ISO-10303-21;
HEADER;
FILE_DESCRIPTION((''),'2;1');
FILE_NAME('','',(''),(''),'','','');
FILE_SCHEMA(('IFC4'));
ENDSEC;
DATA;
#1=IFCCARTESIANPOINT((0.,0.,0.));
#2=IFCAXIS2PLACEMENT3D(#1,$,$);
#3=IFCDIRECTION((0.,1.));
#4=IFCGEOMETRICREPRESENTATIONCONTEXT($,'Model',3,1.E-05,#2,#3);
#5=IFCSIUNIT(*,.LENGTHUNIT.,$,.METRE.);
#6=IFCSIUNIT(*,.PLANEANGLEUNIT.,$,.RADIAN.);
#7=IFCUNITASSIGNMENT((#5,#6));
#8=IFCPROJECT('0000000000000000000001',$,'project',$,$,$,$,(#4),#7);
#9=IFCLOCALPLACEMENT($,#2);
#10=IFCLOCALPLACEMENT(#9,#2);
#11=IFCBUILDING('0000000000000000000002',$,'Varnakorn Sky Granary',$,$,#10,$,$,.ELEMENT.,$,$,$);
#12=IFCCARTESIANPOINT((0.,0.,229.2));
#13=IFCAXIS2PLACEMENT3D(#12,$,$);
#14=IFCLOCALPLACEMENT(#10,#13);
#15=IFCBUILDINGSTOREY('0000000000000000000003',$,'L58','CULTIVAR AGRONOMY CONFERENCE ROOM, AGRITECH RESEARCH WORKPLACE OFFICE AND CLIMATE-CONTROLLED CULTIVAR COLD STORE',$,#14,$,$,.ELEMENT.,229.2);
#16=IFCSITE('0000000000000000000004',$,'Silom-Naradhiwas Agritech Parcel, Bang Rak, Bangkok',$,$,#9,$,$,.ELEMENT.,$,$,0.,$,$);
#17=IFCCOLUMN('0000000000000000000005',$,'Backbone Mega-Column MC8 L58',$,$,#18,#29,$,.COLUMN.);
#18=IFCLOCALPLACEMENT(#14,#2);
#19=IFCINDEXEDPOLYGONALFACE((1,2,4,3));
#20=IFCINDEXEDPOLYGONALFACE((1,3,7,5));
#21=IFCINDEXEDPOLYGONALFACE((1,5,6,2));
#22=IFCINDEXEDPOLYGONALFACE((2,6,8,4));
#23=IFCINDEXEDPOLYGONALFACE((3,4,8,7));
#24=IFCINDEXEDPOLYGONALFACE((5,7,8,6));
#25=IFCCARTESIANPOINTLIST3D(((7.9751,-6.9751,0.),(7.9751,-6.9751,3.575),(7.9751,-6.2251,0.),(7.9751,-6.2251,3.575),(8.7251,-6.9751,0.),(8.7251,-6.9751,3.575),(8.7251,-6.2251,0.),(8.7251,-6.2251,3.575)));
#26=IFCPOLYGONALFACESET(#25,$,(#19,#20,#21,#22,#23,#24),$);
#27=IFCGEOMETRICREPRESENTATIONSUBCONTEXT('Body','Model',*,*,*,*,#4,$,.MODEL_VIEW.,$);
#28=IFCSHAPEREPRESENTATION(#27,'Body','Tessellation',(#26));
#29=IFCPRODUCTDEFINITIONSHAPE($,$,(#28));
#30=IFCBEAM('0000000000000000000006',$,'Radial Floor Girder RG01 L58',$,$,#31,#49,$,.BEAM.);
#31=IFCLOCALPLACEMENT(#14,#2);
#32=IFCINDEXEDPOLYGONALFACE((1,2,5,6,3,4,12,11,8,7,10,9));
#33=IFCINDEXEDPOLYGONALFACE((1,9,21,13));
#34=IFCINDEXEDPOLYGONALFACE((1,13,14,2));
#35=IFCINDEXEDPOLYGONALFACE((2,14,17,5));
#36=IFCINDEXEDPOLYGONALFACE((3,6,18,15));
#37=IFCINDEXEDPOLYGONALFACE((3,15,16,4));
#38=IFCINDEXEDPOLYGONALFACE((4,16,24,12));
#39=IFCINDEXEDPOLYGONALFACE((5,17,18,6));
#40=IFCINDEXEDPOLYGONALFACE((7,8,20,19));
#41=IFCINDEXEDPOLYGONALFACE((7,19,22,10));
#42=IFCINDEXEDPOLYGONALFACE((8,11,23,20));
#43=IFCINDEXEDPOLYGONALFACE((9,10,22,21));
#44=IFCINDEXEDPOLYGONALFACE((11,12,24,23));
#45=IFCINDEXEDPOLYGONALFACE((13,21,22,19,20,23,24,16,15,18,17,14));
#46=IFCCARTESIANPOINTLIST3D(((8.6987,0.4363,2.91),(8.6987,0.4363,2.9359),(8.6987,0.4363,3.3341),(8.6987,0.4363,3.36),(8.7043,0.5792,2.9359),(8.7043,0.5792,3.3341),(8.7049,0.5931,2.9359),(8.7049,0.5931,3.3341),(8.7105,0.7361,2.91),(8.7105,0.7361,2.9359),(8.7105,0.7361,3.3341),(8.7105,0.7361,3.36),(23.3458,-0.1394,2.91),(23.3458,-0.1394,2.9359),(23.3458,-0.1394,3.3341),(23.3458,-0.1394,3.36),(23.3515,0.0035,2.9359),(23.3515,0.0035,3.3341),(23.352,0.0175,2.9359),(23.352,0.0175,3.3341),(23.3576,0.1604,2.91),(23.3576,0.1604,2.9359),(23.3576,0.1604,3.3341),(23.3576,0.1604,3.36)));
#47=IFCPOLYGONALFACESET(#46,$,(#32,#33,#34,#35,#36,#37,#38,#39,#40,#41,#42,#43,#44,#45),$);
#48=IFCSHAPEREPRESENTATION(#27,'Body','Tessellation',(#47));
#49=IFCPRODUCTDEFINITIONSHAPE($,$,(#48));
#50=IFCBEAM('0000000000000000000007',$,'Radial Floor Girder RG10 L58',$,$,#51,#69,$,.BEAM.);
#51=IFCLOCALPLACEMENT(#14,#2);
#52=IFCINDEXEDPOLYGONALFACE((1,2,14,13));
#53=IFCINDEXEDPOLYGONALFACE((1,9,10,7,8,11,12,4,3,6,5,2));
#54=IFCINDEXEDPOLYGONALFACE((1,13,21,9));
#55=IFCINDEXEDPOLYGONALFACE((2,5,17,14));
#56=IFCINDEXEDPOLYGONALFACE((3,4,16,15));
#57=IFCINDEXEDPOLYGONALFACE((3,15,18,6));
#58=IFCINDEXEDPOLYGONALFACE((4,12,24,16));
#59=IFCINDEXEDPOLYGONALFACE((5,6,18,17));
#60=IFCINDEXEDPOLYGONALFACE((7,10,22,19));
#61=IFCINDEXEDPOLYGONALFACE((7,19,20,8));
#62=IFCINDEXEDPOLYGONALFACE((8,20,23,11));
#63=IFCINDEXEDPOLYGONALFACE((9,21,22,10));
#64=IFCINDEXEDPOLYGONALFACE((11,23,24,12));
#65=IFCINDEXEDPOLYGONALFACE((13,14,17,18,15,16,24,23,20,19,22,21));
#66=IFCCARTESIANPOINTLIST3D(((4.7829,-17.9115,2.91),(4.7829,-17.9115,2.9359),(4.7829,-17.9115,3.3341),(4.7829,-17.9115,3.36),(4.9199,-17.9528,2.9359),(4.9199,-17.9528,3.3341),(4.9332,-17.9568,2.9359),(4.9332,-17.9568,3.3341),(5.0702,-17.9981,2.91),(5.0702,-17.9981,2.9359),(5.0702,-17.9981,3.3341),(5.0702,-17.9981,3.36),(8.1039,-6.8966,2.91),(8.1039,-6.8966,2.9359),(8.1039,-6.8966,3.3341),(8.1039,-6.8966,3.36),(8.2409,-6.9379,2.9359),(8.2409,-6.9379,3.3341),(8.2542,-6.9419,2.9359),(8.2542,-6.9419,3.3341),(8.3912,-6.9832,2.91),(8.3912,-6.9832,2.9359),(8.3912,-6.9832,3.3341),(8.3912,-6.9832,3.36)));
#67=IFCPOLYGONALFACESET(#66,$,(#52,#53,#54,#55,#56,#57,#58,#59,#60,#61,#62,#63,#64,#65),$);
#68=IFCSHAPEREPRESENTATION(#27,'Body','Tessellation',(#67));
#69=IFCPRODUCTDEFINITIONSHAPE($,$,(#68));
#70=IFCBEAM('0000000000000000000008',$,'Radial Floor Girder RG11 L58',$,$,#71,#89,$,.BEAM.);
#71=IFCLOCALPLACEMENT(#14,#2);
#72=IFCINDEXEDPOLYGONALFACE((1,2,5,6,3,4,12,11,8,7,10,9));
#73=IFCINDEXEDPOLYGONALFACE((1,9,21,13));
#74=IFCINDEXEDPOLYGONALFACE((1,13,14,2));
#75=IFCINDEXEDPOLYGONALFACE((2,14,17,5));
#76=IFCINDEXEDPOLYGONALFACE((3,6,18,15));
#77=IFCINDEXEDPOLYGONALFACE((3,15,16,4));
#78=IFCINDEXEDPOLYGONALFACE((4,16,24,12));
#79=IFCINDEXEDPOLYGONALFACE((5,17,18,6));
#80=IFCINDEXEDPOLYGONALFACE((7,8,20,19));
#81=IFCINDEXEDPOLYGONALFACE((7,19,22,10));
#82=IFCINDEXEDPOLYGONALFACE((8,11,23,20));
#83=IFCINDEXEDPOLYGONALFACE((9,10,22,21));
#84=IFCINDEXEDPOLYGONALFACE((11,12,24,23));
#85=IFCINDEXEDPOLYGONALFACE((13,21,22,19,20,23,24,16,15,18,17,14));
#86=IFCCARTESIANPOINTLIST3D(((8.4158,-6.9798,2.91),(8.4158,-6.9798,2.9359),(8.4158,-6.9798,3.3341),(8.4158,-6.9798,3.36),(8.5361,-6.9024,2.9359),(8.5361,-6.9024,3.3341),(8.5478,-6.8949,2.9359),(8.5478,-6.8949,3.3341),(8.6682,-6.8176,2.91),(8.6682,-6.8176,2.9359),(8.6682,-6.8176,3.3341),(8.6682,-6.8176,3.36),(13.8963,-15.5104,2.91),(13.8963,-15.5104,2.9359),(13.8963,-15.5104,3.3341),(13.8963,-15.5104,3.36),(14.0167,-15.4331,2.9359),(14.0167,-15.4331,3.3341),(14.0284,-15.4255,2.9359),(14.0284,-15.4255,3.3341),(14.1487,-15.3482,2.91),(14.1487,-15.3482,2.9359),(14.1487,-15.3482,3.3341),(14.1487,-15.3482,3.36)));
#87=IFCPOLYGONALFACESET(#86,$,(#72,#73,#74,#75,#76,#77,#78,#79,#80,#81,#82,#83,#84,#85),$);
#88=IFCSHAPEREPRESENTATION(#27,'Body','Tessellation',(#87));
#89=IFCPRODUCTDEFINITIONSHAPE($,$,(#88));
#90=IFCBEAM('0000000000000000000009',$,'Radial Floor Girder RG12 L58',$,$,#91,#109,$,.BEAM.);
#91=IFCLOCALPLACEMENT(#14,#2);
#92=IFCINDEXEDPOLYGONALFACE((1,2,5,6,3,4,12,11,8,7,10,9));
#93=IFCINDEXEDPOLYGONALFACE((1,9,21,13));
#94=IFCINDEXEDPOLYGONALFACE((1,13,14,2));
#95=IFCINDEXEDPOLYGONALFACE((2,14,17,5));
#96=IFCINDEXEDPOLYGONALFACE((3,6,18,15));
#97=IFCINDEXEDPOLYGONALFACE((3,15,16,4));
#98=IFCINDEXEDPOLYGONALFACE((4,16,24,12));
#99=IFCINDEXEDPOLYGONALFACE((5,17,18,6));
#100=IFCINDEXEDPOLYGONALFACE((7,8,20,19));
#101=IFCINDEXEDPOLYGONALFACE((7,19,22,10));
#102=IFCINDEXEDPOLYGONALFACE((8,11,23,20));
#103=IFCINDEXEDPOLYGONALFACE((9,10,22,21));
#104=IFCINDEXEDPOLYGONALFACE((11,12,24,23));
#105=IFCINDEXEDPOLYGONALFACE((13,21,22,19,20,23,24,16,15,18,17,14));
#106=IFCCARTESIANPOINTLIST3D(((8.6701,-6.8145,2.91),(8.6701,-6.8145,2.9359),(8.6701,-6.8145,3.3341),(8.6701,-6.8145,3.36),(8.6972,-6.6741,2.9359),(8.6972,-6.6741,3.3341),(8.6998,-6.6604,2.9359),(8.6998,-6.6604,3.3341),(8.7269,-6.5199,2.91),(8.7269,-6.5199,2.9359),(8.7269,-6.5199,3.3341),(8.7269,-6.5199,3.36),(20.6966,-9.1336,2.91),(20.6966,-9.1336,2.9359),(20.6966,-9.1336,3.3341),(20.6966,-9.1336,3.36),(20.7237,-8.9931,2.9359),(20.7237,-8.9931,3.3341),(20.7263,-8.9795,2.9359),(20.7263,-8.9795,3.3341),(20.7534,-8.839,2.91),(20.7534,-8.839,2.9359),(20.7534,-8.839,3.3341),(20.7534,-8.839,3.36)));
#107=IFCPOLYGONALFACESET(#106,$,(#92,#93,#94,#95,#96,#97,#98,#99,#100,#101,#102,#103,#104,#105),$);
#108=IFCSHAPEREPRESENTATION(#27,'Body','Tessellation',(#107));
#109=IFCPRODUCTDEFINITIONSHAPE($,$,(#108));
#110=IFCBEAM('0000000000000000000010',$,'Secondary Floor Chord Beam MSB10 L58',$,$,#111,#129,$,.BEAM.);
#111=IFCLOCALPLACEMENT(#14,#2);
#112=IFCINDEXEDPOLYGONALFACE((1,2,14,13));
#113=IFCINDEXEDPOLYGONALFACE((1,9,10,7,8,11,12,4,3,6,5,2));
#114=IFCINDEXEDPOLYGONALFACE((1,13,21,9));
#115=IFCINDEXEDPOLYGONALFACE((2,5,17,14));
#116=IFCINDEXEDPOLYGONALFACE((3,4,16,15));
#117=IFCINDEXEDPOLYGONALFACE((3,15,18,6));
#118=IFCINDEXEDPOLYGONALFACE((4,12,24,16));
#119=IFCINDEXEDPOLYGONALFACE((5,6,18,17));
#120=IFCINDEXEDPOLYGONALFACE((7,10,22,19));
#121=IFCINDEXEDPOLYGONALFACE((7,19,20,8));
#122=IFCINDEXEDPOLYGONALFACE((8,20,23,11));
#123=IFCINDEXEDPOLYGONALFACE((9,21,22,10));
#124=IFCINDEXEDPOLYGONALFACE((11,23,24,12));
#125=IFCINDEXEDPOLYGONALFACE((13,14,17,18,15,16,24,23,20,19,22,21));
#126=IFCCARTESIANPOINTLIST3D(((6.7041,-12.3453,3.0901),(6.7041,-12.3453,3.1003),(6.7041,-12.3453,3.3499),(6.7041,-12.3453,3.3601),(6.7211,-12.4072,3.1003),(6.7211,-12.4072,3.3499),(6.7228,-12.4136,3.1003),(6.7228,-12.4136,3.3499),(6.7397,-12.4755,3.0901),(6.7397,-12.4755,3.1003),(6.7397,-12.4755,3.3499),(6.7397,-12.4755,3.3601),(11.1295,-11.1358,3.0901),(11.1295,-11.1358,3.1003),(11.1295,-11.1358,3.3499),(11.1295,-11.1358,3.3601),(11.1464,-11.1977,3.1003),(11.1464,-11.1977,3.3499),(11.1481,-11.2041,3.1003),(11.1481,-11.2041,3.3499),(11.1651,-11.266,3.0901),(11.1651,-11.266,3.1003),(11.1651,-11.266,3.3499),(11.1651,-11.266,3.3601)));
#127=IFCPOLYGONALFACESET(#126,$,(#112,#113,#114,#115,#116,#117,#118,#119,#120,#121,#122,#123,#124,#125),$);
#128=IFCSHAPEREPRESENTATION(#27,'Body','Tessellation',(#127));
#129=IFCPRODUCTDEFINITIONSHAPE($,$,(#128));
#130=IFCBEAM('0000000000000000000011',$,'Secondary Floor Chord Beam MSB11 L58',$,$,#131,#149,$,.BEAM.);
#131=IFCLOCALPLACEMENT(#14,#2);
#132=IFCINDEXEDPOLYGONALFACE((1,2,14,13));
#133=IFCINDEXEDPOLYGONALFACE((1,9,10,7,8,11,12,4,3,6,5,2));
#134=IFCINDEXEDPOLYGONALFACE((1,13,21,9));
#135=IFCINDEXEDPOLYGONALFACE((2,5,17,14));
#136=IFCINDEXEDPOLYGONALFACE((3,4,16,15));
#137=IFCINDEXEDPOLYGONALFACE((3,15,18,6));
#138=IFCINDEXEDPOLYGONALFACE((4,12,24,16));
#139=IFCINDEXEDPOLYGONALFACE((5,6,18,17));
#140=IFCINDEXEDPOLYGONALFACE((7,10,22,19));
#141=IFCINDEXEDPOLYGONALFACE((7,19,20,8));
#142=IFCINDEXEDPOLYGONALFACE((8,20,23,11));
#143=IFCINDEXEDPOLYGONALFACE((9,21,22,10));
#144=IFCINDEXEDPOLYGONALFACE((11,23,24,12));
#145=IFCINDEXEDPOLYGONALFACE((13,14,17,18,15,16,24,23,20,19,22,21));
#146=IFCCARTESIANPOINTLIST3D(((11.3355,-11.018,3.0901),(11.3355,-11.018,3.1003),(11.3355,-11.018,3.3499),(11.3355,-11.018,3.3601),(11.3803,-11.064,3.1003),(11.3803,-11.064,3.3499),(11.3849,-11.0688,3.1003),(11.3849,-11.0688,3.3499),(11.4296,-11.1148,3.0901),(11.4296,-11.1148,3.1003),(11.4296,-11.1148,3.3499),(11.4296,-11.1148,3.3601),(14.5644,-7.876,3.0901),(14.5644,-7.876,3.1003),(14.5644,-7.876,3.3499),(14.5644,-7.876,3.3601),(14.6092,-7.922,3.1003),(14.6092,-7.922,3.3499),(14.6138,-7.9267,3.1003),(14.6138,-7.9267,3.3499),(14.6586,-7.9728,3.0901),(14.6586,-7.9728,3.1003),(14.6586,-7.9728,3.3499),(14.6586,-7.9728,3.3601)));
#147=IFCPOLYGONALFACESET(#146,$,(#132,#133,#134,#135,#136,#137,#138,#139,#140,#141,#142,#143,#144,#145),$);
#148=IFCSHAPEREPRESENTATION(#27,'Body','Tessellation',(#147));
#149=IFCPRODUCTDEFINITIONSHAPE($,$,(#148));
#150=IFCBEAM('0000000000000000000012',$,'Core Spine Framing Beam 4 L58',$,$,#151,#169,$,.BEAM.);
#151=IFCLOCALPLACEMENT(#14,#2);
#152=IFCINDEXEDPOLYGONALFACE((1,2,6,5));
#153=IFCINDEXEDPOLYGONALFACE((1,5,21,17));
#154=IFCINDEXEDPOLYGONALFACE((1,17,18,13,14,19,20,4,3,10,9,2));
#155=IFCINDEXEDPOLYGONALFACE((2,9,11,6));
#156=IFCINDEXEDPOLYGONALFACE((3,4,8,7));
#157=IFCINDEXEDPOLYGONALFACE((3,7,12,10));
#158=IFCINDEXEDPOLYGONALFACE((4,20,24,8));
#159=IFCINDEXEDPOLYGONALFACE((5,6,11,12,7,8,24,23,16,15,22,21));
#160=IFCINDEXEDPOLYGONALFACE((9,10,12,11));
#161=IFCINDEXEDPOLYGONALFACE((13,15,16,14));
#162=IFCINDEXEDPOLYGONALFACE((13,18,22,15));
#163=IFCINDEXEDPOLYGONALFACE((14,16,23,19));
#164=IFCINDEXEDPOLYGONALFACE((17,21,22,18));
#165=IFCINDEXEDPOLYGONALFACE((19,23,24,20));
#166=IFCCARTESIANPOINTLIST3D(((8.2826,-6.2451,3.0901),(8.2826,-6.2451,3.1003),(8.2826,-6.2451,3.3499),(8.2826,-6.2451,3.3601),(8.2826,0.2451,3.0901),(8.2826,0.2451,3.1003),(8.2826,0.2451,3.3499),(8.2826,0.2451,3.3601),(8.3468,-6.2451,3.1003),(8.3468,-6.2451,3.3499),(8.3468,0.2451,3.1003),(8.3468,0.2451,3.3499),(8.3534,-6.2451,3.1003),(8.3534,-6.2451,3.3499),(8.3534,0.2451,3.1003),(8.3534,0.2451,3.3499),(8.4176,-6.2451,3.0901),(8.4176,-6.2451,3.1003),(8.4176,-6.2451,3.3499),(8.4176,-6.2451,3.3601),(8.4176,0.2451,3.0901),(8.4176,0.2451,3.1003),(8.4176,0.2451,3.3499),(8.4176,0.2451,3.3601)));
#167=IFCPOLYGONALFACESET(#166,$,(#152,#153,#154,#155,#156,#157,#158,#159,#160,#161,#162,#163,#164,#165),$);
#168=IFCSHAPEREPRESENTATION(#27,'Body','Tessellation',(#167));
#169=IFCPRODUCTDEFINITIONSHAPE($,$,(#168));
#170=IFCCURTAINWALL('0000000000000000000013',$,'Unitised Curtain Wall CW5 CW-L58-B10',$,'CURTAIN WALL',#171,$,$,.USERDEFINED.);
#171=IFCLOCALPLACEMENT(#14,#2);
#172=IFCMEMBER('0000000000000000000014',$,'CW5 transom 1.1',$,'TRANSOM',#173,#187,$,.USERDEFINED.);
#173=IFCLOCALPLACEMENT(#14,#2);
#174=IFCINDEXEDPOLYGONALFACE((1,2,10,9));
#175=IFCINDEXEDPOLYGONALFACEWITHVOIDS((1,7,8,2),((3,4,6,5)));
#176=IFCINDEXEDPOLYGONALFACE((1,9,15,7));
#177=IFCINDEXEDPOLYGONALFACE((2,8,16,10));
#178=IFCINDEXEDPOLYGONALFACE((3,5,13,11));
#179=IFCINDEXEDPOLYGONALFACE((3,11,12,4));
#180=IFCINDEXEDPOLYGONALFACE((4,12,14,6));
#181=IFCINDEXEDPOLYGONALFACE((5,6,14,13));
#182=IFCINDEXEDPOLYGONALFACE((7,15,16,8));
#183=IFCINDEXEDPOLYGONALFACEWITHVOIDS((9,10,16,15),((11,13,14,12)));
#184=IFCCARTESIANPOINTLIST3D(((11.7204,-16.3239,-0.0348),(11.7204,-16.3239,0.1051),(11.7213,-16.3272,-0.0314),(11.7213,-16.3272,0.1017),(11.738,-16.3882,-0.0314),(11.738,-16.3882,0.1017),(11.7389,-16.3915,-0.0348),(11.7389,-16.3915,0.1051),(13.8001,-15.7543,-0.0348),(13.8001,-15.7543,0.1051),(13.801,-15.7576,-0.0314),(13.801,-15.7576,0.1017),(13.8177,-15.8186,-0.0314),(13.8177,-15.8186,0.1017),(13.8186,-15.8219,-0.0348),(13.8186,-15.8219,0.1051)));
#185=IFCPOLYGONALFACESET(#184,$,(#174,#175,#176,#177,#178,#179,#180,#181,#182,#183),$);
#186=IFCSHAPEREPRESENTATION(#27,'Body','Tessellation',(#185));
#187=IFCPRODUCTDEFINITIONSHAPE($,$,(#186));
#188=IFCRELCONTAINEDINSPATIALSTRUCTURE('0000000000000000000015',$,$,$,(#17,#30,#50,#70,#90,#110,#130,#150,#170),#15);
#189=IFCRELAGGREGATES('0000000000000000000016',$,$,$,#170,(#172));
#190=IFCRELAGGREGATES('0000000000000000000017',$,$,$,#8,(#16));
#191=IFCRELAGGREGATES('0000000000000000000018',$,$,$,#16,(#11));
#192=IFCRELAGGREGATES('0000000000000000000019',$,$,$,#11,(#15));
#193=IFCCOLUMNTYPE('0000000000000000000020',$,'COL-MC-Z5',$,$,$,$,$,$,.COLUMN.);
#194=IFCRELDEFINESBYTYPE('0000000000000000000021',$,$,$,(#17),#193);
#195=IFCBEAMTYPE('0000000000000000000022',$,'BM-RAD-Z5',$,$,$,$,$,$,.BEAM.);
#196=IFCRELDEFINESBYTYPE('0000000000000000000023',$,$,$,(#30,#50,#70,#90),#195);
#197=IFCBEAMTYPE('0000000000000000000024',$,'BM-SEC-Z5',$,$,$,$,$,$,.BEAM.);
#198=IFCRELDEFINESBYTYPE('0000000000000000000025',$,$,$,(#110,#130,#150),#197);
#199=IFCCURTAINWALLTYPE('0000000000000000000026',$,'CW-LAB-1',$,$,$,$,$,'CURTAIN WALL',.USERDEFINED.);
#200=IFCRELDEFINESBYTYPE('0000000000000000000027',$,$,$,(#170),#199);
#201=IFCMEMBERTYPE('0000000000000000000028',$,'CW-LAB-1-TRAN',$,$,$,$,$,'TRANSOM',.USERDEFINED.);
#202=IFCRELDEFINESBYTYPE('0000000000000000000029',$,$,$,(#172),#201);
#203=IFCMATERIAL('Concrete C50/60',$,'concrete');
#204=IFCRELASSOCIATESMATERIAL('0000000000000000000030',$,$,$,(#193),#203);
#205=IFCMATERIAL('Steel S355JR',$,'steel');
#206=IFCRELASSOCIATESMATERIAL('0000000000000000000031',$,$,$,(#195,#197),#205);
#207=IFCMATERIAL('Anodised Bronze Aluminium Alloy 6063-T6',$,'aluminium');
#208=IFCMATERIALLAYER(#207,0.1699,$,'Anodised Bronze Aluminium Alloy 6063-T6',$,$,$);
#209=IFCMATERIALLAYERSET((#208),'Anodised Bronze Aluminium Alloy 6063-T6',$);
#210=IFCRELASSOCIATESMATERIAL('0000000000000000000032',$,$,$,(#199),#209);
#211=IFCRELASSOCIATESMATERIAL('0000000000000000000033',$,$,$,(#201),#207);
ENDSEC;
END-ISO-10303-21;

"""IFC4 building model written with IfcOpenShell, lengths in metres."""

from ifc_helpers import new_model, si_unit, direction, frame, origin, origin_2d, place, context, subcontext, project, spatial, rectangle, hollow_rectangle, i_section, extrude, material, layer, layer_set, material_profile, profile_set, type_object, element, aggregate, save


model = new_model("IFC4")

# Units and contexts
model_context = context("Model", 3, precision=1e-05, world=origin(), true_north=direction((0.0, 1.0)))
body_context = subcontext(model_context, "Body", "Model", "MODEL_VIEW")
ifc_project = project(units=[si_unit("LENGTHUNIT", "METRE"), si_unit("PLANEANGLEUNIT", "RADIAN")], contexts=[model_context])

# Site, building, storey
site_placement = place(None, origin())
site = spatial("IfcSite", under=ifc_project, at=site_placement, Name="Silom-Naradhiwas Agritech Parcel, Bang Rak, Bangkok", CompositionType="ELEMENT", RefElevation=0.0)
building_placement = place(site_placement, origin())
building = spatial("IfcBuilding", under=site, at=building_placement, Name="Varnakorn Sky Granary", CompositionType="ELEMENT")
storey_placement = place(building_placement, frame((0.0, 0.0, 229.2)))
storey = spatial("IfcBuildingStorey", under=building, at=storey_placement, Name="L58", Description="CULTIVAR AGRONOMY CONFERENCE ROOM, AGRITECH RESEARCH WORKPLACE OFFICE AND CLIMATE-CONTROLLED CULTIVAR COLD STORE", CompositionType="ELEMENT", Elevation=229.2)

# Column
ifc_material_1 = material(Name="Concrete C50/60", Category="concrete")
ifc_material_profile_1 = material_profile(ifc_material_1, rectangle(XDim=0.75, YDim=0.75, at=origin_2d()), Name="RC 750x750")
ifc_profile_set_1 = profile_set([ifc_material_profile_1], Name="Concrete C50/60")
column_type = type_object("IfcColumnType", Name="COL-MC-Z5", PredefinedType="COLUMN", material=ifc_profile_set_1)
column_placement = place(storey_placement, frame((8.3501, -6.6001, 0.0), z_axis=(0.0, 0.0, 1.0), x_axis=(1.0, 0.0, 0.0)))
element("IfcColumn", 1, at=column_placement, inside=storey, type_object=column_type, Name="Backbone Mega-Column MC8 L58", PredefinedType="COLUMN", context=body_context, shape_type="SweptSolid", body=[
    extrude(rectangle(XDim=0.75, YDim=0.75, at=origin_2d()), origin(), (0.0, 0.0, 1.0), 3.575),
])

# Beams
ifc_material_2 = material(Name="Steel S355JR", Category="steel")
ifc_material_profile_2 = material_profile(ifc_material_2, i_section(OverallWidth=0.3, OverallDepth=0.45, WebThickness=0.0139, FlangeThickness=0.0259, at=origin_2d()), Name="HE 450 B")
ifc_profile_set_2 = profile_set([ifc_material_profile_2], Name="Steel S355JR")
beam_type_1 = type_object("IfcBeamType", Name="BM-RAD-Z5", PredefinedType="BEAM", material=ifc_profile_set_2)
beam_1_placement = place(storey_placement, frame((8.7046, 0.5862, 3.135), z_axis=(0.999229, -0.039273, 0.0), x_axis=(0.039273, 0.999229, 0.0)))
element("IfcBeam", 2, at=beam_1_placement, inside=storey, type_object=beam_type_1, Name="Radial Floor Girder RG01 L58", PredefinedType="BEAM", context=body_context, shape_type="SweptSolid", body=[
    extrude(i_section(OverallWidth=0.3, OverallDepth=0.45, WebThickness=0.0139, FlangeThickness=0.0259, at=origin_2d()), origin(), (0.0, 0.0, 1.0), 14.6584),
])
beam_2_placement = place(storey_placement, frame((8.2476, -6.9399, 3.135), z_axis=(-0.28867, -0.957429, 0.0), x_axis=(0.957429, -0.28867, 0.0)))
element("IfcBeam", 3, at=beam_2_placement, inside=storey, type_object=beam_type_1, Name="Radial Floor Girder RG10 L58", PredefinedType="BEAM", context=body_context, shape_type="SweptSolid", body=[
    extrude(i_section(OverallWidth=0.3, OverallDepth=0.45, WebThickness=0.0139, FlangeThickness=0.0259, at=origin_2d()), origin(), (0.0, 0.0, 1.0), 11.5046),
])
beam_3_placement = place(storey_placement, frame((8.542, -6.8987, 3.135), z_axis=(0.540518, -0.841333, 0.0), x_axis=(0.841333, 0.540518, 0.0)))
element("IfcBeam", 4, at=beam_3_placement, inside=storey, type_object=beam_type_1, Name="Radial Floor Girder RG11 L58", PredefinedType="BEAM", context=body_context, shape_type="SweptSolid", body=[
    extrude(i_section(OverallWidth=0.3, OverallDepth=0.45, WebThickness=0.0139, FlangeThickness=0.0259, at=origin_2d()), origin(), (0.0, 0.0, 1.0), 10.1394),
])
beam_4_placement = place(storey_placement, frame((8.6985, -6.6672, 3.135), z_axis=(0.981911, -0.189342, 0.0), x_axis=(0.189342, 0.981911, 0.0)))
element("IfcBeam", 5, at=beam_4_placement, inside=storey, type_object=beam_type_1, Name="Radial Floor Girder RG12 L58", PredefinedType="BEAM", context=body_context, shape_type="SweptSolid", body=[
    extrude(i_section(OverallWidth=0.3, OverallDepth=0.45, WebThickness=0.0139, FlangeThickness=0.0259, at=origin_2d()), origin(), (0.0, 0.0, 1.0), 12.248),
])
ifc_material_profile_3 = material_profile(ifc_material_2, i_section(OverallWidth=0.135, OverallDepth=0.27, WebThickness=0.0066, FlangeThickness=0.0103, at=origin_2d()), Name="IPE 270")
ifc_profile_set_3 = profile_set([ifc_material_profile_3], Name="Steel S355JR")
beam_type_2 = type_object("IfcBeamType", Name="BM-SEC-Z5", PredefinedType="BEAM", material=ifc_profile_set_3)
beam_5_placement = place(storey_placement, frame((6.7219, -12.4104, 3.2251), z_axis=(0.964621, 0.26364, 0.0), x_axis=(-0.26364, 0.964621, 0.0)))
element("IfcBeam", 6, at=beam_5_placement, inside=storey, type_object=beam_type_2, Name="Secondary Floor Chord Beam MSB10 L58", PredefinedType="BEAM", context=body_context, shape_type="SweptSolid", body=[
    extrude(i_section(OverallWidth=0.135, OverallDepth=0.27, WebThickness=0.0066, FlangeThickness=0.0103, at=origin_2d()), origin(), (0.0, 0.0, 1.0), 4.5876),
])
beam_6_placement = place(storey_placement, frame((11.3826, -11.0664, 3.2251), z_axis=(0.716686, 0.697396, 0.0), x_axis=(-0.697396, 0.716686, 0.0)))
element("IfcBeam", 7, at=beam_6_placement, inside=storey, type_object=beam_type_2, Name="Secondary Floor Chord Beam MSB11 L58", PredefinedType="BEAM", context=body_context, shape_type="SweptSolid", body=[
    extrude(i_section(OverallWidth=0.135, OverallDepth=0.27, WebThickness=0.0066, FlangeThickness=0.0103, at=origin_2d()), origin(), (0.0, 0.0, 1.0), 4.5054),
])
beam_7_placement = place(storey_placement, frame((8.3501, 0.2451, 3.2251), z_axis=(0.0, -1.0, 0.0), x_axis=(1.0, 0.0, 0.0)))
element("IfcBeam", 8, at=beam_7_placement, inside=storey, type_object=beam_type_2, Name="Core Spine Framing Beam 4 L58", PredefinedType="BEAM", context=body_context, shape_type="SweptSolid", body=[
    extrude(i_section(OverallWidth=0.135, OverallDepth=0.27, WebThickness=0.0066, FlangeThickness=0.0103, at=origin_2d()), origin(), (0.0, 0.0, 1.0), 6.4902),
])

# Curtain wall, member
ifc_material_3 = material(Name="Anodised Bronze Aluminium Alloy 6063-T6", Category="aluminium")
ifc_layer_1 = layer(ifc_material_3, 0.1699, Name="Anodised Bronze Aluminium Alloy 6063-T6")
ifc_layer_set_1 = layer_set([ifc_layer_1], Name="Anodised Bronze Aluminium Alloy 6063-T6")
curtain_wall_type = type_object("IfcCurtainWallType", Name="CW-LAB-1", ElementType="CURTAIN WALL", PredefinedType="USERDEFINED", material=ifc_layer_set_1)
curtain_wall_placement = place(storey_placement, origin())
curtain_wall = element("IfcCurtainWall", 9, at=curtain_wall_placement, inside=storey, type_object=curtain_wall_type, Name="Unitised Curtain Wall CW5 CW-L58-B10", ObjectType="CURTAIN WALL", PredefinedType="USERDEFINED")
ifc_material_profile_4 = material_profile(ifc_material_3, hollow_rectangle(XDim=0.0701, YDim=0.1399, WallThickness=0.0034, at=origin_2d()), Name="ALU TRAN 70x140")
ifc_profile_set_4 = profile_set([ifc_material_profile_4], Name="Anodised Bronze Aluminium Alloy 6063-T6")
member_type = type_object("IfcMemberType", Name="CW-LAB-1-TRAN", ElementType="TRANSOM", PredefinedType="USERDEFINED", material=ifc_profile_set_4)
member_placement = place(storey_placement, frame((13.8093, -15.7881, 0.0352), z_axis=(-0.964478, -0.264162, 0.0), x_axis=(0.264162, -0.964478, 0.0)))
member = element("IfcMember", 10, at=member_placement, type_object=member_type, Name="CW5 transom 1.1", ObjectType="TRANSOM", PredefinedType="USERDEFINED", context=body_context, shape_type="SweptSolid", body=[
    extrude(hollow_rectangle(XDim=0.0701, YDim=0.1399, WallThickness=0.0034, at=origin_2d()), origin(), (0.0, 0.0, 1.0), 2.1562),
])
aggregate(curtain_wall, [member])

save(model, "model.ifc")
